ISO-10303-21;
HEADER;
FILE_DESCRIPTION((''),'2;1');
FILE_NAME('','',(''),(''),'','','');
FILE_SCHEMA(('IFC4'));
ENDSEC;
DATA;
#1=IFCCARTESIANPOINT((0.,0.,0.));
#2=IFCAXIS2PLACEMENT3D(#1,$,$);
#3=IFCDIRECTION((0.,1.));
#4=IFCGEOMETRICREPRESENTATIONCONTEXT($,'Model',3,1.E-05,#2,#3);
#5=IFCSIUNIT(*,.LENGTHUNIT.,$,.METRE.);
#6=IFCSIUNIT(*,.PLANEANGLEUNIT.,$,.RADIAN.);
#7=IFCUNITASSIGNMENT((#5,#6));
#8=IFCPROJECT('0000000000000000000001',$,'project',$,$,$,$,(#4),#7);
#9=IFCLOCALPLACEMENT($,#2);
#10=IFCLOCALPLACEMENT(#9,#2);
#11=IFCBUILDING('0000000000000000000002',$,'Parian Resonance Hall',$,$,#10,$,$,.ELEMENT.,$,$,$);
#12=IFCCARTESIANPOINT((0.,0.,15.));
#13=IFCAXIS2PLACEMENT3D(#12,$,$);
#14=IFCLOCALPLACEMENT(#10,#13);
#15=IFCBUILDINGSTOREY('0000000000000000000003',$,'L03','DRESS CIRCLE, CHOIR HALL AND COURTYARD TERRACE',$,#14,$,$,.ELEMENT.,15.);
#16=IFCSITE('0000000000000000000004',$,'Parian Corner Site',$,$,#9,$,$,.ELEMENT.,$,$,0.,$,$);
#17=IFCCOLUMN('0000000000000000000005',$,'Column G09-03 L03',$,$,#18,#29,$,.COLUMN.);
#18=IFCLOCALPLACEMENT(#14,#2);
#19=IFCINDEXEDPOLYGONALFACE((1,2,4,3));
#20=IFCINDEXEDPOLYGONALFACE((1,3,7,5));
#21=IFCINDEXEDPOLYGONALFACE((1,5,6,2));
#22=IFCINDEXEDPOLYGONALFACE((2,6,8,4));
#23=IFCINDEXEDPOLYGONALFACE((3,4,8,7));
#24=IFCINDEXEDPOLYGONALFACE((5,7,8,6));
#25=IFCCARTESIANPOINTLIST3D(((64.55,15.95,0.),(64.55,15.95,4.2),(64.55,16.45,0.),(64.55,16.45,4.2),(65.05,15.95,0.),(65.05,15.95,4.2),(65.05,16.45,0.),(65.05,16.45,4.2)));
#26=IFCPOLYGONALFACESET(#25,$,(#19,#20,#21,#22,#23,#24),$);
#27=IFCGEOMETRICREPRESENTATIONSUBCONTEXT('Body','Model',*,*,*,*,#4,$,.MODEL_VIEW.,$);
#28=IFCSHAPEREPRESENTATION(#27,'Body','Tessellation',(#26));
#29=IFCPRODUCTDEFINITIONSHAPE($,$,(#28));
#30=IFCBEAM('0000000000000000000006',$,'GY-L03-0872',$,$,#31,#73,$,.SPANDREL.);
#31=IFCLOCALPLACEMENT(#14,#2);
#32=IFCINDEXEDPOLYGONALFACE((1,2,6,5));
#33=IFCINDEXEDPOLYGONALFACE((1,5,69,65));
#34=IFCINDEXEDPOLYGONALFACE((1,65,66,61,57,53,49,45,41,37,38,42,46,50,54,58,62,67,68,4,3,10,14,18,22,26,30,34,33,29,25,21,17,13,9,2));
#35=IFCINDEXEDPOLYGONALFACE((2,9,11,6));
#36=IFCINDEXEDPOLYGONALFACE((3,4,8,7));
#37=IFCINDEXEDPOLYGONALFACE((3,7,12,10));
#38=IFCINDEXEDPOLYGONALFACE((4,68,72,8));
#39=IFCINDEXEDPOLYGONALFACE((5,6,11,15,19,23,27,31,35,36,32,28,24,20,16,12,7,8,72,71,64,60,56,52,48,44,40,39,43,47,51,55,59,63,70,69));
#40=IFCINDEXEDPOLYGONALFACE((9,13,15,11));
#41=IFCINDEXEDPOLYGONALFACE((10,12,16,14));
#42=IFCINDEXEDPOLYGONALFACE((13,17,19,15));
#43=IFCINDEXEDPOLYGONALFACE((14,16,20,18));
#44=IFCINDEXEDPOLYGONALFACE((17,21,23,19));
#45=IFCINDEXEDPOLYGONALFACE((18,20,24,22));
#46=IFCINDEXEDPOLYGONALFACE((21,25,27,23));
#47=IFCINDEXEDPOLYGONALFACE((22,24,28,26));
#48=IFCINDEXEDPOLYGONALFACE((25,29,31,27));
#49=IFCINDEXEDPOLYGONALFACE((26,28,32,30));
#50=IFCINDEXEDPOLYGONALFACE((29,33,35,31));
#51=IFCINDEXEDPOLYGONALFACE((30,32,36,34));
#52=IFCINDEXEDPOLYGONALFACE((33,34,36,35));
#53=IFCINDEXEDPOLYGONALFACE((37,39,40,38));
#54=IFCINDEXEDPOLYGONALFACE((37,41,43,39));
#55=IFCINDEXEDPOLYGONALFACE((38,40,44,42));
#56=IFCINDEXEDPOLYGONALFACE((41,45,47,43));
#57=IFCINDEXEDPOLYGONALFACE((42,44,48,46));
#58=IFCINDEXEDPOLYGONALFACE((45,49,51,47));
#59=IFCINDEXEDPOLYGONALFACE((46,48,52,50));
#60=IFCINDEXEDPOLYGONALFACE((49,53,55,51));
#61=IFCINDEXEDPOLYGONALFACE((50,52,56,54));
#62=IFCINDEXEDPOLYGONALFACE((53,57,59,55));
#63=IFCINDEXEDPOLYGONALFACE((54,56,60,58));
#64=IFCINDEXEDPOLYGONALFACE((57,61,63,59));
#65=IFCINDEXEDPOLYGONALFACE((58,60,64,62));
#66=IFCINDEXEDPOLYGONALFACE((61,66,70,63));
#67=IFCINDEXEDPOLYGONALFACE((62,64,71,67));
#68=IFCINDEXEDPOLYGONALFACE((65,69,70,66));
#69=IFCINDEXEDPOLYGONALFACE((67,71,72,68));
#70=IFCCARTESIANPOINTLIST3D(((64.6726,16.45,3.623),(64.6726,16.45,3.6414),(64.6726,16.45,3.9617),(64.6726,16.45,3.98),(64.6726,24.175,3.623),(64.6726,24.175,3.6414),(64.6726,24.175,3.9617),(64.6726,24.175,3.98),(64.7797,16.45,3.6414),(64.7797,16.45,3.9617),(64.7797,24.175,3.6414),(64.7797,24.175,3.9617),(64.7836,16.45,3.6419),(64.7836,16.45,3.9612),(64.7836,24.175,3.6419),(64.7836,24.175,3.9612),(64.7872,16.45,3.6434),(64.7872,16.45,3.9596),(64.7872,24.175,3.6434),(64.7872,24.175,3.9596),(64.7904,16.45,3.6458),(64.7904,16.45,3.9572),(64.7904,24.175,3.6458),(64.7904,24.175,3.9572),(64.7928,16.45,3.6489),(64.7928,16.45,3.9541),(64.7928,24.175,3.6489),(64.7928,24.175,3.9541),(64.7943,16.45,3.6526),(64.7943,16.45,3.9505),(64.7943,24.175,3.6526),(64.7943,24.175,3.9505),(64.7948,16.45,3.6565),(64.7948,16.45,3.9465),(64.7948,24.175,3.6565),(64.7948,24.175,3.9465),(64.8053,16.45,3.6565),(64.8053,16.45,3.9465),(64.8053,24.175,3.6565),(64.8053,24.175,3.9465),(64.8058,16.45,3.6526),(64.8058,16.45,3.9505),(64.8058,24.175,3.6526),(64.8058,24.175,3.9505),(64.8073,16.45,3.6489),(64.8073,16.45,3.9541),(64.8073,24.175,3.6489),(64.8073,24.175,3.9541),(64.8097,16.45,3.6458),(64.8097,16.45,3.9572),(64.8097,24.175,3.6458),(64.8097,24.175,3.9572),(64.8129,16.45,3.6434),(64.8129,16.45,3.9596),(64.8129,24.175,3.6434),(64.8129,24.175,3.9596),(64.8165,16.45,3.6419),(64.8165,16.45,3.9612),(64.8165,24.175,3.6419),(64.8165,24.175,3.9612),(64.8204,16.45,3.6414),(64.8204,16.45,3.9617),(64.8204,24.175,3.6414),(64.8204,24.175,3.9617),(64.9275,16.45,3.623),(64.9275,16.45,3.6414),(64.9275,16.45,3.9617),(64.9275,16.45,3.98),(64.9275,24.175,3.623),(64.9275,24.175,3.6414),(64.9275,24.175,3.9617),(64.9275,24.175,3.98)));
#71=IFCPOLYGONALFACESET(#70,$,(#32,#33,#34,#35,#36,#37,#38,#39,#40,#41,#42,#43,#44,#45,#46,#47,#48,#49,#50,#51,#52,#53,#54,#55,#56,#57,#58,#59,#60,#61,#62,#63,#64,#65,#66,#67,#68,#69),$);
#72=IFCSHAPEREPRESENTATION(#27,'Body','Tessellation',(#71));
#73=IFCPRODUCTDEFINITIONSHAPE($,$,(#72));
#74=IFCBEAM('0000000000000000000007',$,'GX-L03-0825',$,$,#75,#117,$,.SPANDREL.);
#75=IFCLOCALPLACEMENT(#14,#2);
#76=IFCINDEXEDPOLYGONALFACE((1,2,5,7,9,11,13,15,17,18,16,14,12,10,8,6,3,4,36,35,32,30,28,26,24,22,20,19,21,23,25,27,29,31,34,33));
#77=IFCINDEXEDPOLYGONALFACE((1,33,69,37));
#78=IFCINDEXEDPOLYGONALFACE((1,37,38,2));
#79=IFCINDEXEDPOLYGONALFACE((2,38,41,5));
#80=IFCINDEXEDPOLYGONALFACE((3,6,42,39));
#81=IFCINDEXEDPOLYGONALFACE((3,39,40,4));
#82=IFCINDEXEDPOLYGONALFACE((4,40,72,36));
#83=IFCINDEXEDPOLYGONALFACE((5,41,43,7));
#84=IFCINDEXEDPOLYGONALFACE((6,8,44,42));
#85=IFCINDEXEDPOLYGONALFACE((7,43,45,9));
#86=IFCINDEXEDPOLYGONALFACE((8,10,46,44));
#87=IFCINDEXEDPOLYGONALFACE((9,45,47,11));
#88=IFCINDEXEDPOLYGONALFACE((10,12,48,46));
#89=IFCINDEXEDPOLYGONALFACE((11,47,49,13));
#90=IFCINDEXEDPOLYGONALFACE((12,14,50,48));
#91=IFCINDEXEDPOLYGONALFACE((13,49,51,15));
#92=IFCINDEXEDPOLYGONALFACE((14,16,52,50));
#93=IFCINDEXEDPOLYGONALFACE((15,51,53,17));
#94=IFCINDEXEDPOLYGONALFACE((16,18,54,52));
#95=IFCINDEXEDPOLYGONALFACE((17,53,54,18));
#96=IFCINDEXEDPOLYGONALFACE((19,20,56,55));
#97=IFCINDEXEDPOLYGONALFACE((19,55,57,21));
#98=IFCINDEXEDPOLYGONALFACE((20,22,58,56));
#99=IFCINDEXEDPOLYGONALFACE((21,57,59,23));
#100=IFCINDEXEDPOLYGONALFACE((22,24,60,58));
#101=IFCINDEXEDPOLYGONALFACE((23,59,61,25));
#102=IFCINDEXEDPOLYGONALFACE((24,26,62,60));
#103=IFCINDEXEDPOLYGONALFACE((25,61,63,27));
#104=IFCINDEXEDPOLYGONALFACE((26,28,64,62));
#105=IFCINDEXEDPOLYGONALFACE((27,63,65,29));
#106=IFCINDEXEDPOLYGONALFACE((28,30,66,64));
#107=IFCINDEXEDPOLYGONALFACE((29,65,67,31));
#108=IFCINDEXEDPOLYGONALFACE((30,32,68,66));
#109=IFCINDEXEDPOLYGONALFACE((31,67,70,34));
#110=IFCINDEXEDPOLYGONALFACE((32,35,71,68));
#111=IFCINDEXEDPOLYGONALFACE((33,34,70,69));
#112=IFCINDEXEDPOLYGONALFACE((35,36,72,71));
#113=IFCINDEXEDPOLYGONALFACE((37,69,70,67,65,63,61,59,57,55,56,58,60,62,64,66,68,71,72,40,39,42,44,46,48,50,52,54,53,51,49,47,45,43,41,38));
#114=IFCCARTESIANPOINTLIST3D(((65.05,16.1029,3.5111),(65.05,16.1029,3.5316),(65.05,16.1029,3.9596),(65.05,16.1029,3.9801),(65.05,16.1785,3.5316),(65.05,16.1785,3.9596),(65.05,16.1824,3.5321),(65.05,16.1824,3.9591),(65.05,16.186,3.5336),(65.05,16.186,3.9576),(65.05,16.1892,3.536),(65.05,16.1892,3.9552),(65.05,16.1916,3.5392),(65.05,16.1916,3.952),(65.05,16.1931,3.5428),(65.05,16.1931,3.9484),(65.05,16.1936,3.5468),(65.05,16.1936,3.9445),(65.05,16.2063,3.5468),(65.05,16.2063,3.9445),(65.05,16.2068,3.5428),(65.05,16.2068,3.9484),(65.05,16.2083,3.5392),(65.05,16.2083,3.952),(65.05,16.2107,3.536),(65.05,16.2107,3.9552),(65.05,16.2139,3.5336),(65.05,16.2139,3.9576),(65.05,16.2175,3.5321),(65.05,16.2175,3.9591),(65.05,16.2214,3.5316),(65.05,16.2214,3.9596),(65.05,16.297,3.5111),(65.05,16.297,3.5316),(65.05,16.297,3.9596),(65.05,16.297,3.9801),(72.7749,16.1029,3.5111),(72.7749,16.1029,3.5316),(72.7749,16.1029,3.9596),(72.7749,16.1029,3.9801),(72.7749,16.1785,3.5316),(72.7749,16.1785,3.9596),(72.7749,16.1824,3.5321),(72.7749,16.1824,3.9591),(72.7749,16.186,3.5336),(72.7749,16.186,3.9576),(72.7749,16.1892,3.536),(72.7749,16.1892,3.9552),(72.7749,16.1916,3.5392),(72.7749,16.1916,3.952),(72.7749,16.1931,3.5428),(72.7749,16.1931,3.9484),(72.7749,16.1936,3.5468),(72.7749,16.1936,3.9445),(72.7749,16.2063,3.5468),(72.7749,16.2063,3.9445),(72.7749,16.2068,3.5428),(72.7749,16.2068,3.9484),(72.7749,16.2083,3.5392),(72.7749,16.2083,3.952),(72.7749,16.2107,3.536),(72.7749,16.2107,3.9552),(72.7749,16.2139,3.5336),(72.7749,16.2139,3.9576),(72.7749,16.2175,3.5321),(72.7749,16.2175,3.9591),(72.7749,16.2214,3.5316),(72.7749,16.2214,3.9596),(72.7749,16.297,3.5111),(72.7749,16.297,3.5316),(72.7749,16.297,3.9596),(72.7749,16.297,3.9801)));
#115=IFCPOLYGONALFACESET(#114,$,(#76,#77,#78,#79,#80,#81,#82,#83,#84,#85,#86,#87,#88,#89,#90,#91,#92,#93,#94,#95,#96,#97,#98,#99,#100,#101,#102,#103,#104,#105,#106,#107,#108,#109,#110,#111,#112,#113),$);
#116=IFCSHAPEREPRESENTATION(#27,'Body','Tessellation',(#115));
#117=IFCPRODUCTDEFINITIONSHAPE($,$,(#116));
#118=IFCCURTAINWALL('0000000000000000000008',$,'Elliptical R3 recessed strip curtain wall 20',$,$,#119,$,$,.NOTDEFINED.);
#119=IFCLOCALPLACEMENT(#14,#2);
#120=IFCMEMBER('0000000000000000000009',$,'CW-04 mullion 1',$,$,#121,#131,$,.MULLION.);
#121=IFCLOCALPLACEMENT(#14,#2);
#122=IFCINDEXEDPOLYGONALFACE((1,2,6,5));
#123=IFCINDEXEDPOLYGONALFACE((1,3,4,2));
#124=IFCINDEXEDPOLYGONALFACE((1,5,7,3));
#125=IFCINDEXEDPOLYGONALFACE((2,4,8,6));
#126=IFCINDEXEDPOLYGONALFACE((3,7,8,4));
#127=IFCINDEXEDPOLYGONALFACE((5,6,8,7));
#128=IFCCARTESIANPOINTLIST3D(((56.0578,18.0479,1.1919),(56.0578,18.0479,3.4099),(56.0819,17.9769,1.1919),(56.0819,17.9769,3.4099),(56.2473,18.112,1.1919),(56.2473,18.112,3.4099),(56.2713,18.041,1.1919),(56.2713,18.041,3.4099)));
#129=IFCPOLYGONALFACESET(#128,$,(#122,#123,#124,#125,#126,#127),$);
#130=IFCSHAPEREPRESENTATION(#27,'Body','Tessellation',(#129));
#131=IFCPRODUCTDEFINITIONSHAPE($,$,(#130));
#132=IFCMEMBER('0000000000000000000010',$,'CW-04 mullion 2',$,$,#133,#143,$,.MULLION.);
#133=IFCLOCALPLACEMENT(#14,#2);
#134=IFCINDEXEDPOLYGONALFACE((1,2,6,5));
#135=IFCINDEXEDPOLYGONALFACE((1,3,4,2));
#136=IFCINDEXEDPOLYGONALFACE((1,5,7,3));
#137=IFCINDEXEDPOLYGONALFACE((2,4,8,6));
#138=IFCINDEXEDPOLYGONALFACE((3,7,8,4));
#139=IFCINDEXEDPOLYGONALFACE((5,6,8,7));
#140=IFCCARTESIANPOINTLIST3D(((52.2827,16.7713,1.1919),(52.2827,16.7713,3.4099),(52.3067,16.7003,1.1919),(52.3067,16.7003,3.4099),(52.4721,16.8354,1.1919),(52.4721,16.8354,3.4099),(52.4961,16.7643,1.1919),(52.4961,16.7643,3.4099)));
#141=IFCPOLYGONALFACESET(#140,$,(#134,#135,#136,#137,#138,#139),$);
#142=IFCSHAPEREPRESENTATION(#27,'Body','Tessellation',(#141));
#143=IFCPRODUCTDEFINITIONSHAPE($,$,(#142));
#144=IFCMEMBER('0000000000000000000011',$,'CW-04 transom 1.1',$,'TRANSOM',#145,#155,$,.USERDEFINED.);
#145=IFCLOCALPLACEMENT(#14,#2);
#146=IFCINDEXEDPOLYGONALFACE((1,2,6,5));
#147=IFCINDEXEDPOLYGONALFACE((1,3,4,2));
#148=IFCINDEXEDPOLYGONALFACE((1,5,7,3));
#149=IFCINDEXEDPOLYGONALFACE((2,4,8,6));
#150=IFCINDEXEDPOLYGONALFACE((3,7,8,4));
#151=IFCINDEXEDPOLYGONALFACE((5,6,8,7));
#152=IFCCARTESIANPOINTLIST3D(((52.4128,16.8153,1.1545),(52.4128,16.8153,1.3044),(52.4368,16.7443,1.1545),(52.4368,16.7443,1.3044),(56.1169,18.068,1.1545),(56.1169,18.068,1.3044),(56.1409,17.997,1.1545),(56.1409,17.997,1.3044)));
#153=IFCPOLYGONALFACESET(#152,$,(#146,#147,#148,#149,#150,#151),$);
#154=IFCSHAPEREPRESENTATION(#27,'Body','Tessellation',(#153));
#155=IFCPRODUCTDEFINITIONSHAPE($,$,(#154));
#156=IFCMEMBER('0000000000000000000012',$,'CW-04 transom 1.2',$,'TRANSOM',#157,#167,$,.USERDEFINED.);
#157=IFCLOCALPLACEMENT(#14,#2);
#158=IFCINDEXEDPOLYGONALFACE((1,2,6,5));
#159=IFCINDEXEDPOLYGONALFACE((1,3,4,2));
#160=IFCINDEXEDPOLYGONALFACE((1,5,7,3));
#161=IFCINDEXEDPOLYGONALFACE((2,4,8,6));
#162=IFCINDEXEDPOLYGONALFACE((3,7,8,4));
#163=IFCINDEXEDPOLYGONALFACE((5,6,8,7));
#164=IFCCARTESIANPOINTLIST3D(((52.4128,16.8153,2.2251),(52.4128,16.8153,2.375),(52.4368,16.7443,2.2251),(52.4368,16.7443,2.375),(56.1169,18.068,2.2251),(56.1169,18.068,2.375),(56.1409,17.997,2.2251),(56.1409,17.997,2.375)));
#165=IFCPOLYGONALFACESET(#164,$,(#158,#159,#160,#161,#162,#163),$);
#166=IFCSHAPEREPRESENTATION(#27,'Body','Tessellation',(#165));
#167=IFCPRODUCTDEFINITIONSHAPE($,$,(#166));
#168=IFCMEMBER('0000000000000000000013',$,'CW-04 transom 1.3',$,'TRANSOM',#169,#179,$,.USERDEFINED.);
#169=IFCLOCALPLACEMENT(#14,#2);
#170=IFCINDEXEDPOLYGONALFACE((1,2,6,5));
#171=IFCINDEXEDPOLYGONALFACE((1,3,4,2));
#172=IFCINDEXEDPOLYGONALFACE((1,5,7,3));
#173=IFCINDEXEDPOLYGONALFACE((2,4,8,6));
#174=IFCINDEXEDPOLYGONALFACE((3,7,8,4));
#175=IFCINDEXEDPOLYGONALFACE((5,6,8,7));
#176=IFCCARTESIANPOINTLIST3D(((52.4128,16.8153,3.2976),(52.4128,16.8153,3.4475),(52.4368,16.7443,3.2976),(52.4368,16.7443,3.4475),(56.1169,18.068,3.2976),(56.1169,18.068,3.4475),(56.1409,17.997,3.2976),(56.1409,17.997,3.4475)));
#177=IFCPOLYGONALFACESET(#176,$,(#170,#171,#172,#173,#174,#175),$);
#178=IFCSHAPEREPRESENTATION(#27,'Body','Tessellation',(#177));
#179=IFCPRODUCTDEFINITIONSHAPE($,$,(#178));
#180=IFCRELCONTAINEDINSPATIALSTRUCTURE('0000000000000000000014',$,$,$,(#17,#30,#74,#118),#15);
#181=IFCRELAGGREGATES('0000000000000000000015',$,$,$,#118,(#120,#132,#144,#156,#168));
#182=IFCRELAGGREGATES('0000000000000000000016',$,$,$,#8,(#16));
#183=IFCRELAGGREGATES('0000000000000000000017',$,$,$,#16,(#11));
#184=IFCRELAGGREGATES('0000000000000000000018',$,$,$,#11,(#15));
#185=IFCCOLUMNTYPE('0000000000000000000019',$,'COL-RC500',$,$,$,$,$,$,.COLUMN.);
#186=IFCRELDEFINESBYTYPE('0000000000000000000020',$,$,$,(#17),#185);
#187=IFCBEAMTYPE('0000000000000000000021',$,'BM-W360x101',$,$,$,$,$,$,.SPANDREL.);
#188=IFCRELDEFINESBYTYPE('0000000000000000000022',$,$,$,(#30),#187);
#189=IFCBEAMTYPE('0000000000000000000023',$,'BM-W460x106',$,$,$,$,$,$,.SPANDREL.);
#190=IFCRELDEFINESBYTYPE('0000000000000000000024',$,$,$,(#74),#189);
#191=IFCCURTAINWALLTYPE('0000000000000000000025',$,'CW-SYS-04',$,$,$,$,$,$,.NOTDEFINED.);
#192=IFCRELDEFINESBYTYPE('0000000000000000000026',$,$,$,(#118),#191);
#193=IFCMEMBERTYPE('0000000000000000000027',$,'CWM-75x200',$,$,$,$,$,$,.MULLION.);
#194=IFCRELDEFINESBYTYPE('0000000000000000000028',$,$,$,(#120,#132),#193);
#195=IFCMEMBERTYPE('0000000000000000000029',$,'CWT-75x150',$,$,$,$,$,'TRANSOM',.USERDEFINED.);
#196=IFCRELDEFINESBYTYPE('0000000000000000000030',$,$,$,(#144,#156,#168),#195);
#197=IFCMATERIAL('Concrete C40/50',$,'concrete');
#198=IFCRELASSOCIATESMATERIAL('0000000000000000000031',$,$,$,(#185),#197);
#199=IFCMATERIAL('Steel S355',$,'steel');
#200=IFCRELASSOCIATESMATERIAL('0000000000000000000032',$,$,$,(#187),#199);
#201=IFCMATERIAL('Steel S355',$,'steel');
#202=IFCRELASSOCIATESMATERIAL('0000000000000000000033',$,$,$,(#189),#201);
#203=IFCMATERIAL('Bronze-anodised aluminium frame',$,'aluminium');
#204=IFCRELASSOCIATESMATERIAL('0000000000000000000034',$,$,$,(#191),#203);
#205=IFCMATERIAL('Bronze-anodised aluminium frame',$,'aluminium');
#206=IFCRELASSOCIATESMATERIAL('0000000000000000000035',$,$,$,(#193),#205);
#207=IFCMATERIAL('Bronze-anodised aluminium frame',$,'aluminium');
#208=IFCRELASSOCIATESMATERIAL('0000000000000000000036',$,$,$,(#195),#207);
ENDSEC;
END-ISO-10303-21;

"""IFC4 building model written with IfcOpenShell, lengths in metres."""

from ifc_helpers import new_model, si_unit, direction, frame, origin, origin_2d, place, context, subcontext, project, spatial, rectangle, i_section, extrude, material, material_profile, profile_set, type_object, element, aggregate, save


model = new_model("IFC4")

# Units and contexts
model_context = context("Model", 3, precision=1e-05, world=origin(), true_north=direction((0.0, 1.0)))
body_context = subcontext(model_context, "Body", "Model", "MODEL_VIEW")
ifc_project = project(units=[si_unit("LENGTHUNIT", "METRE"), si_unit("PLANEANGLEUNIT", "RADIAN")], contexts=[model_context])

# Site, building, storey
site_placement = place(None, origin())
site = spatial("IfcSite", under=ifc_project, at=site_placement, Name="Parian Corner Site", CompositionType="ELEMENT", RefElevation=0.0)
building_placement = place(site_placement, origin())
building = spatial("IfcBuilding", under=site, at=building_placement, Name="Parian Resonance Hall", CompositionType="ELEMENT")
storey_placement = place(building_placement, frame((0.0, 0.0, 15.0)))
storey = spatial("IfcBuildingStorey", under=building, at=storey_placement, Name="L03", Description="DRESS CIRCLE, CHOIR HALL AND COURTYARD TERRACE", CompositionType="ELEMENT", Elevation=15.0)

# Column
ifc_material_1 = material(Name="Concrete C40/50", Category="concrete")
ifc_material_profile_1 = material_profile(ifc_material_1, rectangle(XDim=0.5, YDim=0.5, at=origin_2d()), Name="RC-COL-500x500")
ifc_profile_set_1 = profile_set([ifc_material_profile_1], Name="Concrete C40/50")
column_type = type_object("IfcColumnType", Name="COL-RC500", PredefinedType="COLUMN", material=ifc_profile_set_1)
column_placement = place(storey_placement, frame((64.8, 16.2, 0.0), z_axis=(0.0, 0.0, 1.0), x_axis=(1.0, 0.0, 0.0)))
element("IfcColumn", 1, at=column_placement, inside=storey, type_object=column_type, Name="Column G09-03 L03", PredefinedType="COLUMN", context=body_context, shape_type="SweptSolid", body=[
    extrude(rectangle(XDim=0.5, YDim=0.5, at=origin_2d()), origin(), (0.0, 0.0, 1.0), 4.2),
])

# Beams
ifc_material_2 = material(Name="Steel S355", Category="steel")
ifc_material_profile_2 = material_profile(ifc_material_2, i_section(OverallWidth=0.2549, OverallDepth=0.3569, WebThickness=0.0105, FlangeThickness=0.0183, FilletRadius=0.0151, at=origin_2d()), Name="W360x101")
ifc_profile_set_2 = profile_set([ifc_material_profile_2], Name="Steel S355")
beam_type_1 = type_object("IfcBeamType", Name="BM-W360x101", PredefinedType="SPANDREL", material=ifc_profile_set_2)
beam_1_placement = place(storey_placement, frame((64.8, 16.45, 3.8015), z_axis=(0.0, 1.0, 0.0), x_axis=(-1.0, 0.0, 0.0)))
element("IfcBeam", 2, at=beam_1_placement, inside=storey, type_object=beam_type_1, Name="GY-L03-0872", PredefinedType="SPANDREL", context=body_context, shape_type="SweptSolid", body=[
    extrude(i_section(OverallWidth=0.2549, OverallDepth=0.3569, WebThickness=0.0105, FlangeThickness=0.0183, FilletRadius=0.0151, at=origin_2d()), origin(), (0.0, 0.0, 1.0), 7.7251),
])
ifc_material_3 = material(Name="Steel S355", Category="steel")
ifc_material_profile_3 = material_profile(ifc_material_3, i_section(OverallWidth=0.1941, OverallDepth=0.469, WebThickness=0.0127, FlangeThickness=0.0205, FilletRadius=0.0151, at=origin_2d()), Name="W460x106")
ifc_profile_set_3 = profile_set([ifc_material_profile_3], Name="Steel S355")
beam_type_2 = type_object("IfcBeamType", Name="BM-W460x106", PredefinedType="SPANDREL", material=ifc_profile_set_3)
beam_2_placement = place(storey_placement, frame((65.05, 16.2, 3.7456), z_axis=(1.0, 0.0, 0.0), x_axis=(0.0, 1.0, 0.0)))
element("IfcBeam", 3, at=beam_2_placement, inside=storey, type_object=beam_type_2, Name="GX-L03-0825", PredefinedType="SPANDREL", context=body_context, shape_type="SweptSolid", body=[
    extrude(i_section(OverallWidth=0.1941, OverallDepth=0.469, WebThickness=0.0127, FlangeThickness=0.0205, FilletRadius=0.0151, at=origin_2d()), origin(), (0.0, 0.0, 1.0), 7.7249),
])

# Curtain wall, members
ifc_material_4 = material(Name="Bronze-anodised aluminium frame", Category="aluminium")
curtain_wall_type = type_object("IfcCurtainWallType", Name="CW-SYS-04", PredefinedType="NOTDEFINED", material=ifc_material_4)
curtain_wall_placement = place(storey_placement, origin())
curtain_wall = element("IfcCurtainWall", 4, at=curtain_wall_placement, inside=storey, type_object=curtain_wall_type, Name="Elliptical R3 recessed strip curtain wall 20", PredefinedType="NOTDEFINED")
ifc_material_5 = material(Name="Bronze-anodised aluminium frame", Category="aluminium")
ifc_material_profile_4 = material_profile(ifc_material_5, rectangle(XDim=0.075, YDim=0.2, at=origin_2d()), Name="CWM-75x200")
ifc_profile_set_4 = profile_set([ifc_material_profile_4], Name="Bronze-anodised aluminium frame")
member_type_1 = type_object("IfcMemberType", Name="CWM-75x200", PredefinedType="MULLION", material=ifc_profile_set_4)
member_1_placement = place(storey_placement, frame((56.1646, 18.0444, 1.1919), z_axis=(0.0, 0.0, 1.0), x_axis=(0.32036, -0.947296, 0.0)))
member_1 = element("IfcMember", 5, at=member_1_placement, type_object=member_type_1, Name="CW-04 mullion 1", PredefinedType="MULLION", context=body_context, shape_type="SweptSolid", body=[
    extrude(rectangle(XDim=0.075, YDim=0.2, at=origin_2d()), origin(), (0.0, 0.0, 1.0), 2.218),
])
member_2_placement = place(storey_placement, frame((52.3894, 16.7678, 1.1919), z_axis=(0.0, 0.0, 1.0), x_axis=(0.32036, -0.947296, 0.0)))
member_2 = element("IfcMember", 6, at=member_2_placement, type_object=member_type_1, Name="CW-04 mullion 2", PredefinedType="MULLION", context=body_context, shape_type="SweptSolid", body=[
    extrude(rectangle(XDim=0.075, YDim=0.2, at=origin_2d()), origin(), (0.0, 0.0, 1.0), 2.218),
])
ifc_material_6 = material(Name="Bronze-anodised aluminium frame", Category="aluminium")
ifc_material_profile_5 = material_profile(ifc_material_6, rectangle(XDim=0.075, YDim=0.1499, at=origin_2d()), Name="CWT-75x150")
ifc_profile_set_5 = profile_set([ifc_material_profile_5], Name="Bronze-anodised aluminium frame")
member_type_2 = type_object("IfcMemberType", Name="CWT-75x150", ElementType="TRANSOM", PredefinedType="USERDEFINED", material=ifc_profile_set_5)
member_3_placement = place(storey_placement, frame((56.1289, 18.0325, 1.2295), z_axis=(-0.947294, -0.320364, 0.0), x_axis=(0.320364, -0.947294, 0.0)))
member_3 = element("IfcMember", 7, at=member_3_placement, type_object=member_type_2, Name="CW-04 transom 1.1", ObjectType="TRANSOM", PredefinedType="USERDEFINED", context=body_context, shape_type="SweptSolid", body=[
    extrude(rectangle(XDim=0.075, YDim=0.1499, at=origin_2d()), origin(), (0.0, 0.0, 1.0), 3.9102),
])
member_4_placement = place(storey_placement, frame((56.1289, 18.0325, 2.3), z_axis=(-0.947294, -0.320364, 0.0), x_axis=(0.320364, -0.947294, 0.0)))
member_4 = element("IfcMember", 8, at=member_4_placement, type_object=member_type_2, Name="CW-04 transom 1.2", ObjectType="TRANSOM", PredefinedType="USERDEFINED", context=body_context, shape_type="SweptSolid", body=[
    extrude(rectangle(XDim=0.075, YDim=0.1499, at=origin_2d()), origin(), (0.0, 0.0, 1.0), 3.9102),
])
member_5_placement = place(storey_placement, frame((56.1289, 18.0325, 3.3726), z_axis=(-0.947294, -0.320364, 0.0), x_axis=(0.320364, -0.947294, 0.0)))
member_5 = element("IfcMember", 9, at=member_5_placement, type_object=member_type_2, Name="CW-04 transom 1.3", ObjectType="TRANSOM", PredefinedType="USERDEFINED", context=body_context, shape_type="SweptSolid", body=[
    extrude(rectangle(XDim=0.075, YDim=0.1499, at=origin_2d()), origin(), (0.0, 0.0, 1.0), 3.9102),
])
aggregate(curtain_wall, [member_1, member_2, member_3, member_4, member_5])

save(model, "model.ifc")
